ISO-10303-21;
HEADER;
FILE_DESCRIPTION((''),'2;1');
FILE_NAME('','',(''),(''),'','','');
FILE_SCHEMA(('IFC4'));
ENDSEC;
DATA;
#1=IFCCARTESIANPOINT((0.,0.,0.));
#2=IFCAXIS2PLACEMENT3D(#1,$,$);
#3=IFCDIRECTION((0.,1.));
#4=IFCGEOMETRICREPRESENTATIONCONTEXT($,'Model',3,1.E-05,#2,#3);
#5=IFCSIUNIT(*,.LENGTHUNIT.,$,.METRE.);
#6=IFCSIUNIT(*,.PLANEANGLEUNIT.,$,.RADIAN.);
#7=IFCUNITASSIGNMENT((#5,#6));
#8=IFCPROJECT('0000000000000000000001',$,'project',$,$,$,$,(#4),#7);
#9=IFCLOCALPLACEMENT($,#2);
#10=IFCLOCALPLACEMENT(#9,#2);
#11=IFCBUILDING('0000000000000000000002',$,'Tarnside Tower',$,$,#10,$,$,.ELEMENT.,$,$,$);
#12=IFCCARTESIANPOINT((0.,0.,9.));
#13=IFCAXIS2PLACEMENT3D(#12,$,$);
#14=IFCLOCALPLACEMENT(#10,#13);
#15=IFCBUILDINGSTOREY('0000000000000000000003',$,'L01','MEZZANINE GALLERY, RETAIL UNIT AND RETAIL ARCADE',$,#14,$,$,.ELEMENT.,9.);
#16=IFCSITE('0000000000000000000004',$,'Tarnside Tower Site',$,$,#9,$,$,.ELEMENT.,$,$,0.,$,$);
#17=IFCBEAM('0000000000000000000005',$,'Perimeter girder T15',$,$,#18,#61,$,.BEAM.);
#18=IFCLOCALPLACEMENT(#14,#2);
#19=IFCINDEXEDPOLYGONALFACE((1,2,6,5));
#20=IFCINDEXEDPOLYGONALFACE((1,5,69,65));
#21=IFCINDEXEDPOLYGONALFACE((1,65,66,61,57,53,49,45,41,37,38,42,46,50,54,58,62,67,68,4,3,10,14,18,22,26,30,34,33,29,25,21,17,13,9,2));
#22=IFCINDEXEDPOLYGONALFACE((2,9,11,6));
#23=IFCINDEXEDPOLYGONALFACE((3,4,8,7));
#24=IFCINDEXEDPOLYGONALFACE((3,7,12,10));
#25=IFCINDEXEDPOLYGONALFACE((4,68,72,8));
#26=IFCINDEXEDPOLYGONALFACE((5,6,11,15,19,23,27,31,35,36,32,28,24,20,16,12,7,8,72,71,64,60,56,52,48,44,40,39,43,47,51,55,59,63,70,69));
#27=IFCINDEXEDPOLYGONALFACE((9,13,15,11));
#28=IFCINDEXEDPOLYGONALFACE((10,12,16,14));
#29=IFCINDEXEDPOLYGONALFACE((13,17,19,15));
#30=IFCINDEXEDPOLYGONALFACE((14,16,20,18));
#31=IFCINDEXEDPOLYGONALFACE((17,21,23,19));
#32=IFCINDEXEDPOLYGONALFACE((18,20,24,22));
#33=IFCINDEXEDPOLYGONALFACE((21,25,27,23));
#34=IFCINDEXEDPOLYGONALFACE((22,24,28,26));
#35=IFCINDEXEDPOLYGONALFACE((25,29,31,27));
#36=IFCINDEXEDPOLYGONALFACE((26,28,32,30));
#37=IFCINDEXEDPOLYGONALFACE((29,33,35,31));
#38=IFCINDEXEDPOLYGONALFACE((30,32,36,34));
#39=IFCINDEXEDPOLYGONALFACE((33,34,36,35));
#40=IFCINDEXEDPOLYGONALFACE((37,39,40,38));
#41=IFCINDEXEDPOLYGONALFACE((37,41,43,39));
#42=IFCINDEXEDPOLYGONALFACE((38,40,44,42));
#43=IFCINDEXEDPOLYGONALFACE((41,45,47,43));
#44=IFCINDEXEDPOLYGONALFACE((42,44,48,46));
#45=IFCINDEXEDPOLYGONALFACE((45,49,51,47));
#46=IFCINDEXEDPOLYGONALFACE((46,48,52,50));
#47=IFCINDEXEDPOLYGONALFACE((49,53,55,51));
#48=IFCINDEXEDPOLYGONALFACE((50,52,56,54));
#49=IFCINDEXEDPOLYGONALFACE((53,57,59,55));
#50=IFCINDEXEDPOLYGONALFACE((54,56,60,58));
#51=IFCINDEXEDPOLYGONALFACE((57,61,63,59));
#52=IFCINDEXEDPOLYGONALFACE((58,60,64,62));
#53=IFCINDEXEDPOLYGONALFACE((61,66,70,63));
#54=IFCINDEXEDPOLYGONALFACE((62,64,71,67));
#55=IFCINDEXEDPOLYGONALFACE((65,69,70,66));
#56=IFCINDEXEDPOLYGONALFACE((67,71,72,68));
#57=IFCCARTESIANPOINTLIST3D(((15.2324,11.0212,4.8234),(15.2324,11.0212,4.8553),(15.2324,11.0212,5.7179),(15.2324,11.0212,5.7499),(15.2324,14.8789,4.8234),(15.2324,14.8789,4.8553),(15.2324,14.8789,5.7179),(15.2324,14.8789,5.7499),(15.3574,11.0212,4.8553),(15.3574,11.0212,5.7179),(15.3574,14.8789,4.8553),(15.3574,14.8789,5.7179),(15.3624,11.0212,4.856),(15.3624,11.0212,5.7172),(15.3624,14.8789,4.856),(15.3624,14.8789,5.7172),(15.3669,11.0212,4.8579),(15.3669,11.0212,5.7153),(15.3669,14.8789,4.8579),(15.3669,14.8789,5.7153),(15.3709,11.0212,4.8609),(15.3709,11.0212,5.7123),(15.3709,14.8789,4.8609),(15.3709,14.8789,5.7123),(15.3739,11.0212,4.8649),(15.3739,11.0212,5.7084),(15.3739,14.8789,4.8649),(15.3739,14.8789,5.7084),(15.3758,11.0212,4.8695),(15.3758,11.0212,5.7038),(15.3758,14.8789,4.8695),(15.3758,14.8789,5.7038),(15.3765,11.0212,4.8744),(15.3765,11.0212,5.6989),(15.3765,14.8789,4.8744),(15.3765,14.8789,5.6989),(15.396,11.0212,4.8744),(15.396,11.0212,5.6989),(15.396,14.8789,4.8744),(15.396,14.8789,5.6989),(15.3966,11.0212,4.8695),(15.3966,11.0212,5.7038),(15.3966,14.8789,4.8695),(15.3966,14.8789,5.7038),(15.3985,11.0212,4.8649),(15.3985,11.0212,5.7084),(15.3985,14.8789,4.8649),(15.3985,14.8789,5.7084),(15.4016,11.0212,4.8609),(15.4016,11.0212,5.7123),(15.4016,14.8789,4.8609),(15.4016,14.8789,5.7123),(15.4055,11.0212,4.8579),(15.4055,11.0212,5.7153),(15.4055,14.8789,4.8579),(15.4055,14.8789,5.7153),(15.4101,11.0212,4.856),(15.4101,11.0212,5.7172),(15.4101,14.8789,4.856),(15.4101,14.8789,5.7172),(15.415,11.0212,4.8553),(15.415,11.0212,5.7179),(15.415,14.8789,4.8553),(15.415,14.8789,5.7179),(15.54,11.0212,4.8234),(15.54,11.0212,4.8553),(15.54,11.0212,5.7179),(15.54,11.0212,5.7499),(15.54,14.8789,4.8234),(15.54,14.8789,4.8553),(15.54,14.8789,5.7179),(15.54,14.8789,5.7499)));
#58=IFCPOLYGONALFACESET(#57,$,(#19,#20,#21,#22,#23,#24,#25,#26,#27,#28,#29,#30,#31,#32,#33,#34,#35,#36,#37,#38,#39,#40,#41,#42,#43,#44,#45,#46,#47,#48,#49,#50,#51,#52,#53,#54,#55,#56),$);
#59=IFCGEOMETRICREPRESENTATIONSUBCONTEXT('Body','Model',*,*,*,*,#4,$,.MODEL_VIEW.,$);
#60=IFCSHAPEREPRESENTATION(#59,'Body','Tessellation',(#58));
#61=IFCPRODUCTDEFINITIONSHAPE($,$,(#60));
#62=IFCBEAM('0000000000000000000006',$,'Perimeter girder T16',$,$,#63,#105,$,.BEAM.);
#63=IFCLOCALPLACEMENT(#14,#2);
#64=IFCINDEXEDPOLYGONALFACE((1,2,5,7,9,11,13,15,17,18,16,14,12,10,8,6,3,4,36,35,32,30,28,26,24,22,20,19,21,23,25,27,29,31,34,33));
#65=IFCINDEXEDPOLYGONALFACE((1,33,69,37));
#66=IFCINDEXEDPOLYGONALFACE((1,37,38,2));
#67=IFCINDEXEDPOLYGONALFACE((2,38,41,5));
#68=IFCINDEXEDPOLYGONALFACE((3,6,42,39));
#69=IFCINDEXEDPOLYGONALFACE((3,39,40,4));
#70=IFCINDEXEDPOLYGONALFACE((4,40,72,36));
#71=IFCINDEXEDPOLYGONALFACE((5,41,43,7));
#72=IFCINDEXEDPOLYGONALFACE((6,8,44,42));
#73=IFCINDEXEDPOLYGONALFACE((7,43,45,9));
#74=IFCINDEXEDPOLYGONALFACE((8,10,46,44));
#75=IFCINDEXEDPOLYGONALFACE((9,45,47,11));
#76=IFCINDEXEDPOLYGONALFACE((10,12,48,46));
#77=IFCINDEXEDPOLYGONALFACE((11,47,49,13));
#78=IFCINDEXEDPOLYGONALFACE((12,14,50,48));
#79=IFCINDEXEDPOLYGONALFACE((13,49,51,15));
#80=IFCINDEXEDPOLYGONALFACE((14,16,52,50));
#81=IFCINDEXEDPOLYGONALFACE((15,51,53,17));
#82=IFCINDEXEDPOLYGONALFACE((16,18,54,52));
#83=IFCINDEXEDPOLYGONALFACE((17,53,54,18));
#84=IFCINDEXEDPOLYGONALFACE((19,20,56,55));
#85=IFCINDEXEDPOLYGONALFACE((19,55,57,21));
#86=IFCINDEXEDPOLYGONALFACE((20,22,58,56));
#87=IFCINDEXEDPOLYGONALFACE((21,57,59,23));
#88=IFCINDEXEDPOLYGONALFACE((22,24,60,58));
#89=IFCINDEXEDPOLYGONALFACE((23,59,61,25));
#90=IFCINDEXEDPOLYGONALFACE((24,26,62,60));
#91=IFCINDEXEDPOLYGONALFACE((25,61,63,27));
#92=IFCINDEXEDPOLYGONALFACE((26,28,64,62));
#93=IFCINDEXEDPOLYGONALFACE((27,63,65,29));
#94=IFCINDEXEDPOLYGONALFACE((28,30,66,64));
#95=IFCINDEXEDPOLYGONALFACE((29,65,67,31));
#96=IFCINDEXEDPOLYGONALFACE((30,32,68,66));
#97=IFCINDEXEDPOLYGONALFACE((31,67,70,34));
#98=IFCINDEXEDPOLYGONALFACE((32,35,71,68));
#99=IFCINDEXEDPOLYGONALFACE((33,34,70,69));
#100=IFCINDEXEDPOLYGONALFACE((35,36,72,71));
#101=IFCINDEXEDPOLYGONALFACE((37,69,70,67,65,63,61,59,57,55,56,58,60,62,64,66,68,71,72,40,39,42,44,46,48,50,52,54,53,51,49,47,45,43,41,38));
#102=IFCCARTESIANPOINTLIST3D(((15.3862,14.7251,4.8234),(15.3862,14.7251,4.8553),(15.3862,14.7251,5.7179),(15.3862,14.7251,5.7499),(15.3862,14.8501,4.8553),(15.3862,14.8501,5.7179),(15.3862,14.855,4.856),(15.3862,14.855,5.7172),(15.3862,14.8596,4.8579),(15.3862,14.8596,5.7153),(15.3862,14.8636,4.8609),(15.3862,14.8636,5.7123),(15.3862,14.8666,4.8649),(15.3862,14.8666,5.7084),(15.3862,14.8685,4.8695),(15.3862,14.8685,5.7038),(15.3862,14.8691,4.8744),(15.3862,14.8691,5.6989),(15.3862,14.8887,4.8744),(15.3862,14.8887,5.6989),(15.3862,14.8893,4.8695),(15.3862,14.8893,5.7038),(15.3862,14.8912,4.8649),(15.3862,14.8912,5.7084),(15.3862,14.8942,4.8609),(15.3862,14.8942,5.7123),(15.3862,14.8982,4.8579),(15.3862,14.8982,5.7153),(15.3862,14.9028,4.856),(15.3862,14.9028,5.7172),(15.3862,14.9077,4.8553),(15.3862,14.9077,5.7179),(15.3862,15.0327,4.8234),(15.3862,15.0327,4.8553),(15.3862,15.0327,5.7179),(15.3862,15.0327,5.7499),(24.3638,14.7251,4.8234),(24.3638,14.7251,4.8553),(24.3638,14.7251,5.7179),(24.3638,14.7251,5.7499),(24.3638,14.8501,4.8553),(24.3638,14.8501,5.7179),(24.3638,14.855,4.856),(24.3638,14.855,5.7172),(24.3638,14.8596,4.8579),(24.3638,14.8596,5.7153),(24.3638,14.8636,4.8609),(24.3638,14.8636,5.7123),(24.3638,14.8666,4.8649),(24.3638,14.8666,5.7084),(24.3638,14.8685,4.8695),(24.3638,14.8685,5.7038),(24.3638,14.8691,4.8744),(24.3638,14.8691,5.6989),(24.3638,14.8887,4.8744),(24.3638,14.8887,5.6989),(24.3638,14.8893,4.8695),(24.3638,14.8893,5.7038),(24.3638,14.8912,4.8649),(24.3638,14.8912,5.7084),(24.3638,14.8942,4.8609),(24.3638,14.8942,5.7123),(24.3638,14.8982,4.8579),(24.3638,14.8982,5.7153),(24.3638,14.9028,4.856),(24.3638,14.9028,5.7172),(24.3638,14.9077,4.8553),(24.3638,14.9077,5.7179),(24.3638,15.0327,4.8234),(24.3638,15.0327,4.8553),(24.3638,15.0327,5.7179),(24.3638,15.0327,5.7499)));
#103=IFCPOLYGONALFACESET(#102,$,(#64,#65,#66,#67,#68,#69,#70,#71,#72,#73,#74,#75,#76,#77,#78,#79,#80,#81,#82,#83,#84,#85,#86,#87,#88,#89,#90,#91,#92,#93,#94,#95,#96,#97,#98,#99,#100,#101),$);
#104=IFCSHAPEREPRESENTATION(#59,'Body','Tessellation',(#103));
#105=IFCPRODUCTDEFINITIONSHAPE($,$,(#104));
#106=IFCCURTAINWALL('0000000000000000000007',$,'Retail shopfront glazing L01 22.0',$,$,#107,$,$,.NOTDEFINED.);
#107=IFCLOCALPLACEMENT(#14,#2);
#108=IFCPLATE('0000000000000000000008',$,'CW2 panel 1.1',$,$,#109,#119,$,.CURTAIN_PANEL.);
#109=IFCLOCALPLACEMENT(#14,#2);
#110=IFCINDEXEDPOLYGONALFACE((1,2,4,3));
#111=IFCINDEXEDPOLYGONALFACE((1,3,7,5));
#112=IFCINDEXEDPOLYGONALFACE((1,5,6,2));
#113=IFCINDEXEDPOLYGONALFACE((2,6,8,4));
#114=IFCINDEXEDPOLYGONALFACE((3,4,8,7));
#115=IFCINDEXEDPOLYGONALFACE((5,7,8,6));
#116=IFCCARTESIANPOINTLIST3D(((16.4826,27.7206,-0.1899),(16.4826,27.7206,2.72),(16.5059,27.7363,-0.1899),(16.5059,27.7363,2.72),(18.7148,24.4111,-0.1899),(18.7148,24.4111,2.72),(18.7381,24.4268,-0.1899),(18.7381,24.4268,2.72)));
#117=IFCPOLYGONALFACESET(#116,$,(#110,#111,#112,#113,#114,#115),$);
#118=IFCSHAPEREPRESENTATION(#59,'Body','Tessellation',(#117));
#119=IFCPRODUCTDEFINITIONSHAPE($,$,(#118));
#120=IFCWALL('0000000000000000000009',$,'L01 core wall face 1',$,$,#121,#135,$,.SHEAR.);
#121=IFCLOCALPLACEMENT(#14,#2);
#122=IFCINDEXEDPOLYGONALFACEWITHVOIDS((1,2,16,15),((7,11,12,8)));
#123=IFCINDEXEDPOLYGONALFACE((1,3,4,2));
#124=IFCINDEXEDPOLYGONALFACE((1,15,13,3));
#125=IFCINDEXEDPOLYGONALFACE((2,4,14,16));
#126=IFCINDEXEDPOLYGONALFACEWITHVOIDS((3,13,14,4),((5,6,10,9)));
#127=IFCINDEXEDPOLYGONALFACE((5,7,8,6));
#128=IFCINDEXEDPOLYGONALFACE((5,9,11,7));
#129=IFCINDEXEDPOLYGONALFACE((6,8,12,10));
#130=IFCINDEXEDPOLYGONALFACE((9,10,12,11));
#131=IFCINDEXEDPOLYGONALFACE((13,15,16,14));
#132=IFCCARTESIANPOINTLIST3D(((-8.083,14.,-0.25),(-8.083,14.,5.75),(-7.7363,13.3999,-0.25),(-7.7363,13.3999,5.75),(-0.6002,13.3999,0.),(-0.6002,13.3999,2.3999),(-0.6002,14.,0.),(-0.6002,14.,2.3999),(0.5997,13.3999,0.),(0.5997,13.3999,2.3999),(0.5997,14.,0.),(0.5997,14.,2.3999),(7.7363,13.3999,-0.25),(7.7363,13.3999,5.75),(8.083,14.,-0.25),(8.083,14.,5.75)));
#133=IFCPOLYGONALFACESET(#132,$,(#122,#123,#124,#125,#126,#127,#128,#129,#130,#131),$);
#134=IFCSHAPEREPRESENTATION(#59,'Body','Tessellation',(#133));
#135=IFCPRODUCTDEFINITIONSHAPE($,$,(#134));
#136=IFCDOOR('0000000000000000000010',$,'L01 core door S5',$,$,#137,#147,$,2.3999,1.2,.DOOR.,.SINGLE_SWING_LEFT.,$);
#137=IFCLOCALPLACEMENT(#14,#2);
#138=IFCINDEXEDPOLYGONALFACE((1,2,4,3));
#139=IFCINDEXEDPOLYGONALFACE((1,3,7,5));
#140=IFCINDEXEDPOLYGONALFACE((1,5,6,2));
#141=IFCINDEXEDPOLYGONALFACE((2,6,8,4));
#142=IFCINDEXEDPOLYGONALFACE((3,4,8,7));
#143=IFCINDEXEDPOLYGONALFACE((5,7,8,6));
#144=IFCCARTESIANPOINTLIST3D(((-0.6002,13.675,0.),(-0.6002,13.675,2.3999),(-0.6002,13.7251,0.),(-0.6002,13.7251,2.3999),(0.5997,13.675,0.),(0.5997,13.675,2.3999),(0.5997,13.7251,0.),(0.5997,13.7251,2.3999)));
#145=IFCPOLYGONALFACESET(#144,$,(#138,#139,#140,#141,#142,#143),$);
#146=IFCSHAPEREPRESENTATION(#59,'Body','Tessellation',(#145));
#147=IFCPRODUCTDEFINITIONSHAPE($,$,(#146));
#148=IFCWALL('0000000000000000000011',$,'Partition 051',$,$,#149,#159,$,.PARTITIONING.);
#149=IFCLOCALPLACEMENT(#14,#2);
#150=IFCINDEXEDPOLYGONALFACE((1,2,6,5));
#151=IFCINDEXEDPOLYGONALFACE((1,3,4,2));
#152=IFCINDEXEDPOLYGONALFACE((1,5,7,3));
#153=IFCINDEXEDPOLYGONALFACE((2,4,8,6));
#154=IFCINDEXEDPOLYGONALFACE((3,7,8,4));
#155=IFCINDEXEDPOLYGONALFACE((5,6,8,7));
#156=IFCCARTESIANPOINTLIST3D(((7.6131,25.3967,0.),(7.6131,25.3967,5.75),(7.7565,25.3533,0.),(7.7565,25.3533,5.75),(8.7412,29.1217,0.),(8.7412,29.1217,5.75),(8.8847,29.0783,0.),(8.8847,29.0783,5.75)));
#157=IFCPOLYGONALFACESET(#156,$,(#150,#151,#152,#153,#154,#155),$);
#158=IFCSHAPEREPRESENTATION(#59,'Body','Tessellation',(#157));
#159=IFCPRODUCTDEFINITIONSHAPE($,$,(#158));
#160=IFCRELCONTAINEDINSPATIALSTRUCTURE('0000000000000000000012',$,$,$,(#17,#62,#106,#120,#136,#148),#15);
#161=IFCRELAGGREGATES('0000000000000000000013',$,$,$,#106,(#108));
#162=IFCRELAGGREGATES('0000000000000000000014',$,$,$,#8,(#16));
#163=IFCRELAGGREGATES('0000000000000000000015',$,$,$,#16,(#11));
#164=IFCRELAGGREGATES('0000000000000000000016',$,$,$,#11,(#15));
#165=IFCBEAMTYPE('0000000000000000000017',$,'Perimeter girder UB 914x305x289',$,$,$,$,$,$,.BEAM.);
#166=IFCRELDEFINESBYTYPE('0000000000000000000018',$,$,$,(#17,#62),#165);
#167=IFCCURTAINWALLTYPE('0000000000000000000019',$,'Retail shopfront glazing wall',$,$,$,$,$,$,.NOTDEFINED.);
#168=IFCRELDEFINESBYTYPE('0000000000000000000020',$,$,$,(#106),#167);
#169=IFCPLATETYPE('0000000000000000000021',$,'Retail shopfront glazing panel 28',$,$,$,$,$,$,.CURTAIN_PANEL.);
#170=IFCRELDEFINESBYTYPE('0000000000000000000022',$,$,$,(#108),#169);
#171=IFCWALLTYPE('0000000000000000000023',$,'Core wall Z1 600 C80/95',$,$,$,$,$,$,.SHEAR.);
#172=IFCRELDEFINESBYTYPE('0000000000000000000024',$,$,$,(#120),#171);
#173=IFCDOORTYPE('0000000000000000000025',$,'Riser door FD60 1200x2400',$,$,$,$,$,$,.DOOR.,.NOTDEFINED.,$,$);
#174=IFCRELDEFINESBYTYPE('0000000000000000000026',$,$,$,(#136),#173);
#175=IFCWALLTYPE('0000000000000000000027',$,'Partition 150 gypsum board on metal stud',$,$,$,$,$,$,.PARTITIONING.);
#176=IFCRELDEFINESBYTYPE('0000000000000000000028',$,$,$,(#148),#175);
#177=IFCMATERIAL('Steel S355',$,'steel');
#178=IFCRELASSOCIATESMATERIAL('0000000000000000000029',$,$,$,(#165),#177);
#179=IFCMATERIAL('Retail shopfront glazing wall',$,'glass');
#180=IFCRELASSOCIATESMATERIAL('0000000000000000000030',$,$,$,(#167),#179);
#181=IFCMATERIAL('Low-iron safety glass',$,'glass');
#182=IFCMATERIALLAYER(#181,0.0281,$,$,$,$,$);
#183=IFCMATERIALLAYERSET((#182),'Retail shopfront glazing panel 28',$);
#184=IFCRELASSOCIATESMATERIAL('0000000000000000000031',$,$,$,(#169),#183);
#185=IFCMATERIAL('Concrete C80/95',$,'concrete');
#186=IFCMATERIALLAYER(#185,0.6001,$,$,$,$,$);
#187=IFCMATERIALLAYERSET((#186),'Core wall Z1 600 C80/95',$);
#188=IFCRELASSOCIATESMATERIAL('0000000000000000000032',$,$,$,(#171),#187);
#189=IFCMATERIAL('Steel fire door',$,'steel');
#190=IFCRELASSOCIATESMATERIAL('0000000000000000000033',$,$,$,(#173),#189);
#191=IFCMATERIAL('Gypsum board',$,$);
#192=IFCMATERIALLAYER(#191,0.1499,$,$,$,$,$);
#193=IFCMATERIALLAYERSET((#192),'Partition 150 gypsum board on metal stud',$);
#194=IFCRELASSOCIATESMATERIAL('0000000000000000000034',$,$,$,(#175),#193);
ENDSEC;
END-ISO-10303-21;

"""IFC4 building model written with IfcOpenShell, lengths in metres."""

from ifc_helpers import new_model, si_unit, direction, frame, frame_2d, origin, origin_2d, place, context, subcontext, project, spatial, polyline, rectangle, i_section, outline, extrude, material, layer, layer_set, material_profile, profile_set, type_object, element, fill, aggregate, save


model = new_model("IFC4")

# Units and contexts
model_context = context("Model", 3, precision=1e-05, world=origin(), true_north=direction((0.0, 1.0)))
body_context = subcontext(model_context, "Body", "Model", "MODEL_VIEW")
ifc_project = project(units=[si_unit("LENGTHUNIT", "METRE"), si_unit("PLANEANGLEUNIT", "RADIAN")], contexts=[model_context])

# Site, building, storey
site_placement = place(None, origin())
site = spatial("IfcSite", under=ifc_project, at=site_placement, Name="Tarnside Tower Site", CompositionType="ELEMENT", RefElevation=0.0)
building_placement = place(site_placement, origin())
building = spatial("IfcBuilding", under=site, at=building_placement, Name="Tarnside Tower", CompositionType="ELEMENT")
storey_placement = place(building_placement, frame((0.0, 0.0, 9.0)))
storey = spatial("IfcBuildingStorey", under=building, at=storey_placement, Name="L01", Description="MEZZANINE GALLERY, RETAIL UNIT AND RETAIL ARCADE", CompositionType="ELEMENT", Elevation=9.0)

# Beams
ifc_material_1 = material(Name="Steel S355", Category="steel")
ifc_material_profile_1 = material_profile(ifc_material_1, i_section(OverallWidth=0.3076, OverallDepth=0.9265, WebThickness=0.0195, FlangeThickness=0.032, FilletRadius=0.019, at=origin_2d()), Name="UB 914x305x289")
ifc_profile_set_1 = profile_set([ifc_material_profile_1], Name="Steel S355")
beam_type_1 = type_object("IfcBeamType", Name="Perimeter girder UB 914x305x289", PredefinedType="BEAM", material=ifc_profile_set_1)
beam_1_placement = place(storey_placement, frame((15.3862, 11.0212, 5.2866), z_axis=(0.0, 1.0, 0.0), x_axis=(-1.0, 0.0, 0.0)))
element("IfcBeam", 1, at=beam_1_placement, inside=storey, type_object=beam_type_1, Name="Perimeter girder T15", PredefinedType="BEAM", context=body_context, shape_type="SweptSolid", body=[
    extrude(i_section(OverallWidth=0.3076, OverallDepth=0.9265, WebThickness=0.0195, FlangeThickness=0.032, FilletRadius=0.019, at=origin_2d()), origin(), (0.0, 0.0, 1.0), 3.8577),
])
beam_2_placement = place(storey_placement, frame((15.3862, 14.8789, 5.2866), z_axis=(1.0, 0.0, 0.0), x_axis=(0.0, 1.0, 0.0)))
element("IfcBeam", 2, at=beam_2_placement, inside=storey, type_object=beam_type_1, Name="Perimeter girder T16", PredefinedType="BEAM", context=body_context, shape_type="SweptSolid", body=[
    extrude(i_section(OverallWidth=0.3076, OverallDepth=0.9265, WebThickness=0.0195, FlangeThickness=0.032, FilletRadius=0.019, at=origin_2d()), origin(), (0.0, 0.0, 1.0), 8.9775),
])

# Curtain wall, plate
ifc_material_2 = material(Name="Retail shopfront glazing wall", Category="glass")
curtain_wall_type = type_object("IfcCurtainWallType", Name="Retail shopfront glazing wall", PredefinedType="NOTDEFINED", material=ifc_material_2)
curtain_wall_placement = place(storey_placement, origin())
curtain_wall = element("IfcCurtainWall", 3, at=curtain_wall_placement, inside=storey, type_object=curtain_wall_type, Name="Retail shopfront glazing L01 22.0", PredefinedType="NOTDEFINED")
ifc_material_3 = material(Name="Low-iron safety glass", Category="glass")
ifc_layer_1 = layer(ifc_material_3, 0.0281)
ifc_layer_set_1 = layer_set([ifc_layer_1], Name="Retail shopfront glazing panel 28")
plate_type = type_object("IfcPlateType", Name="Retail shopfront glazing panel 28", PredefinedType="CURTAIN_PANEL", material=ifc_layer_set_1)
plate_placement = place(storey_placement, frame((17.6104, 26.0737, -0.1899), z_axis=(0.0, 0.0, 1.0), x_axis=(-0.559193, 0.829038, 0.0)))
plate = element("IfcPlate", 4, at=plate_placement, type_object=plate_type, Name="CW2 panel 1.1", PredefinedType="CURTAIN_PANEL", context=body_context, shape_type="SweptSolid", body=[
    extrude(rectangle(XDim=3.9919, YDim=0.0281, at=origin_2d()), origin(), (0.0, 0.0, 1.0), 2.9099),
])
aggregate(curtain_wall, [plate])

# Wall, opening, door
ifc_material_4 = material(Name="Concrete C80/95", Category="concrete")
ifc_layer_2 = layer(ifc_material_4, 0.6001)
ifc_layer_set_2 = layer_set([ifc_layer_2], Name="Core wall Z1 600 C80/95")
wall_type_1 = type_object("IfcWallType", Name="Core wall Z1 600 C80/95", PredefinedType="SHEAR", material=ifc_layer_set_2)
wall_1_placement = place(storey_placement, frame((7.9097, 13.7, -0.25), z_axis=(0.0, 0.0, 1.0), x_axis=(-1.0, 0.0, 0.0)))
wall_1 = element("IfcWall", 5, at=wall_1_placement, inside=storey, type_object=wall_type_1, Name="L01 core wall face 1", PredefinedType="SHEAR", context=body_context, shape_type="SweptSolid", body=[
    extrude(outline(polyline([(-0.1733, -0.3), (15.9927, -0.3), (15.646, 0.3), (0.1733, 0.3), (-0.1733, -0.3)])), origin(), (0.0, 0.0, 1.0), 6.0),
])
opening_1_placement = place(wall_1_placement, frame((7.3098, 0.0, 0.25)))
opening_1 = element("IfcOpeningElement", 6, at=opening_1_placement, cuts=wall_1, PredefinedType="OPENING", context=body_context, shape_type="SweptSolid", body=[
    extrude(rectangle(XDim=1.2, YDim=2.3999, at=frame_2d((0.6001, 1.2))), frame((0.0, 0.3101, 0.0), z_axis=(0.0, -1.0, 0.0), x_axis=(1.0, 0.0, 0.0)), (0.0, 0.0, 1.0), 0.6201),
])
ifc_material_5 = material(Name="Steel fire door", Category="steel")
door_type_1 = type_object("IfcDoorType", Name="Riser door FD60 1200x2400", OperationType="NOTDEFINED", PredefinedType="DOOR", material=ifc_material_5)
door_1_placement = place(opening_1_placement, origin())
door_1 = element("IfcDoor", 7, at=door_1_placement, inside=storey, type_object=door_type_1, Name="L01 core door S5", OperationType="SINGLE_SWING_LEFT", OverallHeight=2.3999, OverallWidth=1.2, PredefinedType="DOOR", context=body_context, shape_type="SweptSolid", body=[
    extrude(rectangle(XDim=1.2, YDim=2.3999, at=frame_2d((0.6001, 1.2))), frame((0.0, 0.0249, 0.0), z_axis=(0.0, -1.0, 0.0), x_axis=(1.0, 0.0, 0.0)), (0.0, 0.0, 1.0), 0.05),
])
fill(opening_1, door_1)

# Wall
ifc_material_6 = material(Name="Gypsum board")
ifc_layer_3 = layer(ifc_material_6, 0.1499)
ifc_layer_set_3 = layer_set([ifc_layer_3], Name="Partition 150 gypsum board on metal stud")
wall_type_2 = type_object("IfcWallType", Name="Partition 150 gypsum board on metal stud", PredefinedType="PARTITIONING", material=ifc_layer_set_3)
wall_2_placement = place(storey_placement, frame((7.6848, 25.375, 0.0), z_axis=(0.0, 0.0, 1.0), x_axis=(0.289856, 0.95707, 0.0)))
element("IfcWall", 8, at=wall_2_placement, inside=storey, type_object=wall_type_2, Name="Partition 051", PredefinedType="PARTITIONING", context=body_context, shape_type="SweptSolid", body=[
    extrude(rectangle(XDim=3.8921, YDim=0.1499, at=frame_2d((1.946, 0.0))), origin(), (0.0, 0.0, 1.0), 5.75),
])

save(model, "model.ifc")
